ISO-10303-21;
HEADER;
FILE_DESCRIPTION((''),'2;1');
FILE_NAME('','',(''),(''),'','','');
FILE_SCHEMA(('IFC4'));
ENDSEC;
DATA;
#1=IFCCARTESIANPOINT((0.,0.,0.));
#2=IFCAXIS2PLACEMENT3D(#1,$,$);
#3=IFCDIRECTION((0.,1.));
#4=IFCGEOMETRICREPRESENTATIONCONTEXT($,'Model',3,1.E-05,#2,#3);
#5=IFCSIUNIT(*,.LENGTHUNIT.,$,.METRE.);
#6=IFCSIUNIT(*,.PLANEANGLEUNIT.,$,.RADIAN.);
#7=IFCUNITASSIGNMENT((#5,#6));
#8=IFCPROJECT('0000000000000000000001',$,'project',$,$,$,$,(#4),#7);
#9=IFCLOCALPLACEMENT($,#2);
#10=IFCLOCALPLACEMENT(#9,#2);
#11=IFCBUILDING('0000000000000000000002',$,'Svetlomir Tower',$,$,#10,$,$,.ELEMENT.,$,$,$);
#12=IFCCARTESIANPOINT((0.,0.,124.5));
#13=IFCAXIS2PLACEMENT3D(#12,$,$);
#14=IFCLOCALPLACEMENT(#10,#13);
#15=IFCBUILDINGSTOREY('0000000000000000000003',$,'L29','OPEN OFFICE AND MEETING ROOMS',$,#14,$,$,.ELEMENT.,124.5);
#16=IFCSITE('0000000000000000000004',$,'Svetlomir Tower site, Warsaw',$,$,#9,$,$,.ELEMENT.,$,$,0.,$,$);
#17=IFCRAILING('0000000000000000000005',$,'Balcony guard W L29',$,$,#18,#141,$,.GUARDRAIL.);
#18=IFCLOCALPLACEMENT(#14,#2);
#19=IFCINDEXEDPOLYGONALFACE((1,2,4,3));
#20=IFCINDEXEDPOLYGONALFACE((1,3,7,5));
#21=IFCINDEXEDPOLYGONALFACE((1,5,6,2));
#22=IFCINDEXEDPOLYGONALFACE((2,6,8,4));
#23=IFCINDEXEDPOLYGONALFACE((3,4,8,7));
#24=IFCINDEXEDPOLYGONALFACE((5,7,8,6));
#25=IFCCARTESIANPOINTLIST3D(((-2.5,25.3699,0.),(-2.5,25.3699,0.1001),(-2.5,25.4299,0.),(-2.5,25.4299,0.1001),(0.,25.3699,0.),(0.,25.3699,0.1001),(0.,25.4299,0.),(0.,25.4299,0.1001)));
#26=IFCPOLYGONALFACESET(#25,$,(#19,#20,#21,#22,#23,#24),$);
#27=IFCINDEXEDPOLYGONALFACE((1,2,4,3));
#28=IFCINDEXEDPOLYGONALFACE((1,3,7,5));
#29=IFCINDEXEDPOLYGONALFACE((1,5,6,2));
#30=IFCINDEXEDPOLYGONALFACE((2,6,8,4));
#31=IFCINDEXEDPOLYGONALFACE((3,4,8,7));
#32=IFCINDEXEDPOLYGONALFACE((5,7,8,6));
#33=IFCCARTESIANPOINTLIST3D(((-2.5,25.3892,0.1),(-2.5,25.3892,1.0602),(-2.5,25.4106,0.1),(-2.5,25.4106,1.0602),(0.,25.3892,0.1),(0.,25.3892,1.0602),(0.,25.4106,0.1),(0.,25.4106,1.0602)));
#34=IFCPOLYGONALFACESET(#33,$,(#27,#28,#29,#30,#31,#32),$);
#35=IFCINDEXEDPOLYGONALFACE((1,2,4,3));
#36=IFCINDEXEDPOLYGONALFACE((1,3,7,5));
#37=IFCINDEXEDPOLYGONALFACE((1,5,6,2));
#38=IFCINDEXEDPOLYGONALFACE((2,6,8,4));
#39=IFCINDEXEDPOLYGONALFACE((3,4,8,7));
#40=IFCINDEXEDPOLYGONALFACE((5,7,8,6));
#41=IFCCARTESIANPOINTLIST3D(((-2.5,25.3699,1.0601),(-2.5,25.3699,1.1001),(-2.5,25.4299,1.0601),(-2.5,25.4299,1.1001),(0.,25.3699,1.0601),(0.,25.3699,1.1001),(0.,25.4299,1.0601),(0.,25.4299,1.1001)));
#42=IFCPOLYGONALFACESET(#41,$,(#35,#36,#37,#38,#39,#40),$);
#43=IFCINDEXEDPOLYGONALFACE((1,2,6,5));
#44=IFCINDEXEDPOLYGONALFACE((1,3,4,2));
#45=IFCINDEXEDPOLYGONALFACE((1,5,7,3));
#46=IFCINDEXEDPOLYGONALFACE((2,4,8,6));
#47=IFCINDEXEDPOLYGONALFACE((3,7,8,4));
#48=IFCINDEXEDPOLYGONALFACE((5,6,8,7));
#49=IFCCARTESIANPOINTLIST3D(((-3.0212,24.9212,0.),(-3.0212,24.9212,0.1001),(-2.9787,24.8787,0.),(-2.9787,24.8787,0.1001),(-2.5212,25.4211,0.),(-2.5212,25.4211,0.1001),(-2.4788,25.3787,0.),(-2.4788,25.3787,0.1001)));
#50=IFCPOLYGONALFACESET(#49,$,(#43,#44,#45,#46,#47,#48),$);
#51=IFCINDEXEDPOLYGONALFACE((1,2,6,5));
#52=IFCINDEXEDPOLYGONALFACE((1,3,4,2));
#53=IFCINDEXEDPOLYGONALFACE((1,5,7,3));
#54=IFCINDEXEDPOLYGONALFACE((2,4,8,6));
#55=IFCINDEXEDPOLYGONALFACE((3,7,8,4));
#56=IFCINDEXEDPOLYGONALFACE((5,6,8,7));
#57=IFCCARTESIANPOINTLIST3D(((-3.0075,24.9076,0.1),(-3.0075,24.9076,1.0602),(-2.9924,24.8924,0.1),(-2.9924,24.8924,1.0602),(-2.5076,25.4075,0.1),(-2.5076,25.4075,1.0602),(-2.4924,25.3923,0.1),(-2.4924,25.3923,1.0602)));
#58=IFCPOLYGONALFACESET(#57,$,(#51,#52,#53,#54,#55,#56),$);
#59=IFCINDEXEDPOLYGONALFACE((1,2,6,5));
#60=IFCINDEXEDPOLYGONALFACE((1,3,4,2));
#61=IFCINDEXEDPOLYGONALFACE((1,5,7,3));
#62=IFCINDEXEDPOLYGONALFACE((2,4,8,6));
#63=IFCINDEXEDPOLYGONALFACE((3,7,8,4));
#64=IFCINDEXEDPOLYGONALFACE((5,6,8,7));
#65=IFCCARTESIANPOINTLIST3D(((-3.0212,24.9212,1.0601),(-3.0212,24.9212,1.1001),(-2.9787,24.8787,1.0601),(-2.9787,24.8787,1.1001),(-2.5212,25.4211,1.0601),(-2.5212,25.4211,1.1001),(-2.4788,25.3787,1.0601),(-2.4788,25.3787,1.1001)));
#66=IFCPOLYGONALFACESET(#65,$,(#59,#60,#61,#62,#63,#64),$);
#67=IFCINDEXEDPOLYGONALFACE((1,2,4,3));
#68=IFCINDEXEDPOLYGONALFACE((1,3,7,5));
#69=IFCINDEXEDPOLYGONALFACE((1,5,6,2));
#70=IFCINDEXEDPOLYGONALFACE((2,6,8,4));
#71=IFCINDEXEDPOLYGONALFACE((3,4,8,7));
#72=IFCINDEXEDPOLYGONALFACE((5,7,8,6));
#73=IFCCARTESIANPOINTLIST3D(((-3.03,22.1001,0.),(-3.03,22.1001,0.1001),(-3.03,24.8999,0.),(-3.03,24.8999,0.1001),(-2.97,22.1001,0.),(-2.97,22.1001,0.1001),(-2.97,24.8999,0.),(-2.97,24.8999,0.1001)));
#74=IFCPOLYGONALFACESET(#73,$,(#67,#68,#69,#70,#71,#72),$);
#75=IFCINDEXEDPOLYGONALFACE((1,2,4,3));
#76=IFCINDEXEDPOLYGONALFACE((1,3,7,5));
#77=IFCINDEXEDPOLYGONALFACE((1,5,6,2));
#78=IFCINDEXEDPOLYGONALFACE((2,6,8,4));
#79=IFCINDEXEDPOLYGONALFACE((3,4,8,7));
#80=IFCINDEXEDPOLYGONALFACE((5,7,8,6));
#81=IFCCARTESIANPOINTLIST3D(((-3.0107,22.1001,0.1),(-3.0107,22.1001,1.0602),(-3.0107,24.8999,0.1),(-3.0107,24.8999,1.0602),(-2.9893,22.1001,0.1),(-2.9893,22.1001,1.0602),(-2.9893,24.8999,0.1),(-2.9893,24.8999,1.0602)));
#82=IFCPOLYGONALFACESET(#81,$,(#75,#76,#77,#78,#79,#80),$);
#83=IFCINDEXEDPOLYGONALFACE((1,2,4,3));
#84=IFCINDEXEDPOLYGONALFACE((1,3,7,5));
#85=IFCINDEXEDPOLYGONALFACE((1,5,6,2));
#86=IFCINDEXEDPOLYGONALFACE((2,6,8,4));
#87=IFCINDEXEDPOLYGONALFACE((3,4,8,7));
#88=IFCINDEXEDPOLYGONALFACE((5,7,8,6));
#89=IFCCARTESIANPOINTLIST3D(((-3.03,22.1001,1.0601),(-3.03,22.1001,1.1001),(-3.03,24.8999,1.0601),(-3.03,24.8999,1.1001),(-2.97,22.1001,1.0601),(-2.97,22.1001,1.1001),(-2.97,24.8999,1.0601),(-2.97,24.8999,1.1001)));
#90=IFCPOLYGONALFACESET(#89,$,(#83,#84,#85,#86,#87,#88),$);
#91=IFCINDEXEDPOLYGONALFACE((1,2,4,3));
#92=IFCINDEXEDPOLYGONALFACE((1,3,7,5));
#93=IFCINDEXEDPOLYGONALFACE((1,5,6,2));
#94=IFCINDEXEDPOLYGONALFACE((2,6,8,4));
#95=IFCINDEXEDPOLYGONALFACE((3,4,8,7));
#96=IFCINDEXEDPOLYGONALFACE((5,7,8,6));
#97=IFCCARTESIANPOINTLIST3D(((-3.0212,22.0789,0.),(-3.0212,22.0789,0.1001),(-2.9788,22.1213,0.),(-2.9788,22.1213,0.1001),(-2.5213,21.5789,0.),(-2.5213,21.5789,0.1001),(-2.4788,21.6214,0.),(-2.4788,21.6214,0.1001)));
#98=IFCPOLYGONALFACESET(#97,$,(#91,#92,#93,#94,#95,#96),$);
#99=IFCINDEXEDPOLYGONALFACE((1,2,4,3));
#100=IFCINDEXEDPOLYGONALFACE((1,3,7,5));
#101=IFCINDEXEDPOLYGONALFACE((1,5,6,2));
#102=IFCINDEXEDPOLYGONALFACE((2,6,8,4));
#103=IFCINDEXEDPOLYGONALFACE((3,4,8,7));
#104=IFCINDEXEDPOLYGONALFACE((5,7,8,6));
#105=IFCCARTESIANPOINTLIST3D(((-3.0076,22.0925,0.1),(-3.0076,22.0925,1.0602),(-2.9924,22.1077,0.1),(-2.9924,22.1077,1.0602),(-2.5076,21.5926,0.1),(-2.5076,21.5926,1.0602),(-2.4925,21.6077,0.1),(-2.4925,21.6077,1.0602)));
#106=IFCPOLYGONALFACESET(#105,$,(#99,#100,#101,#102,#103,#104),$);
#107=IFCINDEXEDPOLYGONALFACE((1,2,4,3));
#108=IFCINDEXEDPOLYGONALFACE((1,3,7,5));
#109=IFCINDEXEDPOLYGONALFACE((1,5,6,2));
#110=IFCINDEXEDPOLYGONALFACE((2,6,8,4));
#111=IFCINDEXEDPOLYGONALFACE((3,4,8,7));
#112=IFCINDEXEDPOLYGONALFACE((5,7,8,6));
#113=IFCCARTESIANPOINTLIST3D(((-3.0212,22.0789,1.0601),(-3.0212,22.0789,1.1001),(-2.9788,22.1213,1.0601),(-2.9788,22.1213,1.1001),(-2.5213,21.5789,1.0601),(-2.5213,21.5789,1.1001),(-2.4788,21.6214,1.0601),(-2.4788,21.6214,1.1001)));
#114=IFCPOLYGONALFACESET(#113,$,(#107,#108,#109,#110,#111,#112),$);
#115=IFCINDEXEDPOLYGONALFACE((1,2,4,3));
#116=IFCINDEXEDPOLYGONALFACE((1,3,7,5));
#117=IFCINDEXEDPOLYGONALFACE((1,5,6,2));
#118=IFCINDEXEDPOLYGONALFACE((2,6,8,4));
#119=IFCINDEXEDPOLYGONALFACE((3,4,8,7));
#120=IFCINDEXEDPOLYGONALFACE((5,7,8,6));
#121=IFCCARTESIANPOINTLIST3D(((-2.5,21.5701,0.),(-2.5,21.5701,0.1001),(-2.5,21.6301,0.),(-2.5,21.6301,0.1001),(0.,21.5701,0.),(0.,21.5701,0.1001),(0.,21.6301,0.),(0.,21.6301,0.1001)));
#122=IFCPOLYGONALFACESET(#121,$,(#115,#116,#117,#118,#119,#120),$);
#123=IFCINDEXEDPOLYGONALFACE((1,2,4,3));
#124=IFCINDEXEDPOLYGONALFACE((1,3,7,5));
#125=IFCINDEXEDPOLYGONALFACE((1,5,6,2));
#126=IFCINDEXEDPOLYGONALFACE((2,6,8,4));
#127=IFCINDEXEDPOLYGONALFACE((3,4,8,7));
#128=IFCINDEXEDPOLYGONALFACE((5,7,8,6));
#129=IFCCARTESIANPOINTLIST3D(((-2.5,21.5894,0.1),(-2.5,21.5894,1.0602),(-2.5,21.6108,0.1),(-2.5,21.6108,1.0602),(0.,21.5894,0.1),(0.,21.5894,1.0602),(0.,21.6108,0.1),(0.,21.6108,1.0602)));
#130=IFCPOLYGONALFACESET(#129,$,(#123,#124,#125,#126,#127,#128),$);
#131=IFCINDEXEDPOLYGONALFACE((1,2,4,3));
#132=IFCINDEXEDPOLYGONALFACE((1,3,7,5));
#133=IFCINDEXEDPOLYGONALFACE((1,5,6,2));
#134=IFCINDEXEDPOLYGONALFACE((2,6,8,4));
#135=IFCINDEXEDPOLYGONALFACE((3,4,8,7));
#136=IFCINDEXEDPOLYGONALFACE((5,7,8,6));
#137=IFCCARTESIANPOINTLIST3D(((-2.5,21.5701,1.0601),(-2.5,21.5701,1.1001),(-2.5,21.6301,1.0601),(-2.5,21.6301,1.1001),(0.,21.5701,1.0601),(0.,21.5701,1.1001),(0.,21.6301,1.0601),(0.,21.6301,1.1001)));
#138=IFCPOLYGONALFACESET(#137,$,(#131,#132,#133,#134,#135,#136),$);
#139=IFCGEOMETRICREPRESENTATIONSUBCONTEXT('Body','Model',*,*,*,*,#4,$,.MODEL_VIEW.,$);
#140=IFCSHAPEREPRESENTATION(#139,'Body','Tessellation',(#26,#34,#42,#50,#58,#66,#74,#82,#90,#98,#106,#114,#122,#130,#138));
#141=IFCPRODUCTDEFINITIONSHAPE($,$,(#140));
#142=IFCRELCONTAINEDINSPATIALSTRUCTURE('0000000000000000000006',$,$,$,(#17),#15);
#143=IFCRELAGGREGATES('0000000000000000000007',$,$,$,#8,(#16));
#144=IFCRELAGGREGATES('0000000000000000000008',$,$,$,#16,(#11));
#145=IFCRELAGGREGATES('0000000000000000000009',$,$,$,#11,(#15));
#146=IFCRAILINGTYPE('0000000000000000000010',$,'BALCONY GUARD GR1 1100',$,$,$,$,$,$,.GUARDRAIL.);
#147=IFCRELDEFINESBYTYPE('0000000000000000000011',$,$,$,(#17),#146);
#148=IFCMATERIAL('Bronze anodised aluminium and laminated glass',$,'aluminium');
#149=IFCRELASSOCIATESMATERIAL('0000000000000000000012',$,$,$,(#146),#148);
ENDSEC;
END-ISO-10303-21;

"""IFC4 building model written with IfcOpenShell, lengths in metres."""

from ifc_helpers import new_model, si_unit, direction, frame, origin, origin_2d, place, context, subcontext, project, spatial, rectangle, extrude, material, type_object, element, save


model = new_model("IFC4")

# Units and contexts
model_context = context("Model", 3, precision=1e-05, world=origin(), true_north=direction((0.0, 1.0)))
body_context = subcontext(model_context, "Body", "Model", "MODEL_VIEW")
ifc_project = project(units=[si_unit("LENGTHUNIT", "METRE"), si_unit("PLANEANGLEUNIT", "RADIAN")], contexts=[model_context])

# Site, building, storey
site_placement = place(None, origin())
site = spatial("IfcSite", under=ifc_project, at=site_placement, Name="Svetlomir Tower site, Warsaw", CompositionType="ELEMENT", RefElevation=0.0)
building_placement = place(site_placement, origin())
building = spatial("IfcBuilding", under=site, at=building_placement, Name="Svetlomir Tower", CompositionType="ELEMENT")
storey_placement = place(building_placement, frame((0.0, 0.0, 124.5)))
storey = spatial("IfcBuildingStorey", under=building, at=storey_placement, Name="L29", Description="OPEN OFFICE AND MEETING ROOMS", CompositionType="ELEMENT", Elevation=124.5)

# Railing
ifc_material_1 = material(Name="Bronze anodised aluminium and laminated glass", Category="aluminium")
railing_type_1 = type_object("IfcRailingType", Name="BALCONY GUARD GR1 1100", PredefinedType="GUARDRAIL", material=ifc_material_1)
railing_1_placement = place(storey_placement, frame((0.0, 25.3999, 0.0)))
element("IfcRailing", 1, at=railing_1_placement, inside=storey, type_object=railing_type_1, Name="Balcony guard W L29", PredefinedType="GUARDRAIL", context=body_context, shape_type="SweptSolid", body=[
    extrude(rectangle(XDim=0.0601, YDim=0.1001, at=origin_2d()), frame((0.0, 0.0, 0.05), z_axis=(-1.0, 0.0, 0.0), x_axis=(0.0, -1.0, 0.0)), (0.0, 0.0, 1.0), 2.5),
    extrude(rectangle(XDim=0.0215, YDim=0.9602, at=origin_2d()), frame((0.0, 0.0, 0.5801), z_axis=(-1.0, 0.0, 0.0), x_axis=(0.0, -1.0, 0.0)), (0.0, 0.0, 1.0), 2.5),
    extrude(rectangle(XDim=0.0601, YDim=0.04, at=origin_2d()), frame((0.0, 0.0, 1.0801), z_axis=(-1.0, 0.0, 0.0), x_axis=(0.0, -1.0, 0.0)), (0.0, 0.0, 1.0), 2.5),
    extrude(rectangle(XDim=0.0601, YDim=0.1001, at=origin_2d()), frame((-2.5, 0.0, 0.05), z_axis=(-0.707107, -0.707107, 0.0), x_axis=(0.707107, -0.707107, 0.0)), (0.0, 0.0, 1.0), 0.707),
    extrude(rectangle(XDim=0.0215, YDim=0.9602, at=origin_2d()), frame((-2.5, 0.0, 0.5801), z_axis=(-0.707107, -0.707107, 0.0), x_axis=(0.707107, -0.707107, 0.0)), (0.0, 0.0, 1.0), 0.707),
    extrude(rectangle(XDim=0.0601, YDim=0.04, at=origin_2d()), frame((-2.5, 0.0, 1.0801), z_axis=(-0.707107, -0.707107, 0.0), x_axis=(0.707107, -0.707107, 0.0)), (0.0, 0.0, 1.0), 0.707),
    extrude(rectangle(XDim=0.0601, YDim=0.1001, at=origin_2d()), frame((-3.0, -0.5, 0.05), z_axis=(0.0, -1.0, 0.0), x_axis=(1.0, 0.0, 0.0)), (0.0, 0.0, 1.0), 2.7998),
    extrude(rectangle(XDim=0.0215, YDim=0.9602, at=origin_2d()), frame((-3.0, -0.5, 0.5801), z_axis=(0.0, -1.0, 0.0), x_axis=(1.0, 0.0, 0.0)), (0.0, 0.0, 1.0), 2.7998),
    extrude(rectangle(XDim=0.0601, YDim=0.04, at=origin_2d()), frame((-3.0, -0.5, 1.0801), z_axis=(0.0, -1.0, 0.0), x_axis=(1.0, 0.0, 0.0)), (0.0, 0.0, 1.0), 2.7998),
    extrude(rectangle(XDim=0.0601, YDim=0.1001, at=origin_2d()), frame((-3.0, -3.2998, 0.05), z_axis=(0.707107, -0.707107, 0.0), x_axis=(0.707107, 0.707107, 0.0)), (0.0, 0.0, 1.0), 0.707),
    extrude(rectangle(XDim=0.0215, YDim=0.9602, at=origin_2d()), frame((-3.0, -3.2998, 0.5801), z_axis=(0.707107, -0.707107, 0.0), x_axis=(0.707107, 0.707107, 0.0)), (0.0, 0.0, 1.0), 0.707),
    extrude(rectangle(XDim=0.0601, YDim=0.04, at=origin_2d()), frame((-3.0, -3.2998, 1.0801), z_axis=(0.707107, -0.707107, 0.0), x_axis=(0.707107, 0.707107, 0.0)), (0.0, 0.0, 1.0), 0.707),
    extrude(rectangle(XDim=0.0601, YDim=0.1001, at=origin_2d()), frame((-2.5, -3.7998, 0.05), z_axis=(1.0, 0.0, 0.0), x_axis=(0.0, 1.0, 0.0)), (0.0, 0.0, 1.0), 2.5),
    extrude(rectangle(XDim=0.0215, YDim=0.9602, at=origin_2d()), frame((-2.5, -3.7998, 0.5801), z_axis=(1.0, 0.0, 0.0), x_axis=(0.0, 1.0, 0.0)), (0.0, 0.0, 1.0), 2.5),
    extrude(rectangle(XDim=0.0601, YDim=0.04, at=origin_2d()), frame((-2.5, -3.7998, 1.0801), z_axis=(1.0, 0.0, 0.0), x_axis=(0.0, 1.0, 0.0)), (0.0, 0.0, 1.0), 2.5),
])

save(model, "model.ifc")
